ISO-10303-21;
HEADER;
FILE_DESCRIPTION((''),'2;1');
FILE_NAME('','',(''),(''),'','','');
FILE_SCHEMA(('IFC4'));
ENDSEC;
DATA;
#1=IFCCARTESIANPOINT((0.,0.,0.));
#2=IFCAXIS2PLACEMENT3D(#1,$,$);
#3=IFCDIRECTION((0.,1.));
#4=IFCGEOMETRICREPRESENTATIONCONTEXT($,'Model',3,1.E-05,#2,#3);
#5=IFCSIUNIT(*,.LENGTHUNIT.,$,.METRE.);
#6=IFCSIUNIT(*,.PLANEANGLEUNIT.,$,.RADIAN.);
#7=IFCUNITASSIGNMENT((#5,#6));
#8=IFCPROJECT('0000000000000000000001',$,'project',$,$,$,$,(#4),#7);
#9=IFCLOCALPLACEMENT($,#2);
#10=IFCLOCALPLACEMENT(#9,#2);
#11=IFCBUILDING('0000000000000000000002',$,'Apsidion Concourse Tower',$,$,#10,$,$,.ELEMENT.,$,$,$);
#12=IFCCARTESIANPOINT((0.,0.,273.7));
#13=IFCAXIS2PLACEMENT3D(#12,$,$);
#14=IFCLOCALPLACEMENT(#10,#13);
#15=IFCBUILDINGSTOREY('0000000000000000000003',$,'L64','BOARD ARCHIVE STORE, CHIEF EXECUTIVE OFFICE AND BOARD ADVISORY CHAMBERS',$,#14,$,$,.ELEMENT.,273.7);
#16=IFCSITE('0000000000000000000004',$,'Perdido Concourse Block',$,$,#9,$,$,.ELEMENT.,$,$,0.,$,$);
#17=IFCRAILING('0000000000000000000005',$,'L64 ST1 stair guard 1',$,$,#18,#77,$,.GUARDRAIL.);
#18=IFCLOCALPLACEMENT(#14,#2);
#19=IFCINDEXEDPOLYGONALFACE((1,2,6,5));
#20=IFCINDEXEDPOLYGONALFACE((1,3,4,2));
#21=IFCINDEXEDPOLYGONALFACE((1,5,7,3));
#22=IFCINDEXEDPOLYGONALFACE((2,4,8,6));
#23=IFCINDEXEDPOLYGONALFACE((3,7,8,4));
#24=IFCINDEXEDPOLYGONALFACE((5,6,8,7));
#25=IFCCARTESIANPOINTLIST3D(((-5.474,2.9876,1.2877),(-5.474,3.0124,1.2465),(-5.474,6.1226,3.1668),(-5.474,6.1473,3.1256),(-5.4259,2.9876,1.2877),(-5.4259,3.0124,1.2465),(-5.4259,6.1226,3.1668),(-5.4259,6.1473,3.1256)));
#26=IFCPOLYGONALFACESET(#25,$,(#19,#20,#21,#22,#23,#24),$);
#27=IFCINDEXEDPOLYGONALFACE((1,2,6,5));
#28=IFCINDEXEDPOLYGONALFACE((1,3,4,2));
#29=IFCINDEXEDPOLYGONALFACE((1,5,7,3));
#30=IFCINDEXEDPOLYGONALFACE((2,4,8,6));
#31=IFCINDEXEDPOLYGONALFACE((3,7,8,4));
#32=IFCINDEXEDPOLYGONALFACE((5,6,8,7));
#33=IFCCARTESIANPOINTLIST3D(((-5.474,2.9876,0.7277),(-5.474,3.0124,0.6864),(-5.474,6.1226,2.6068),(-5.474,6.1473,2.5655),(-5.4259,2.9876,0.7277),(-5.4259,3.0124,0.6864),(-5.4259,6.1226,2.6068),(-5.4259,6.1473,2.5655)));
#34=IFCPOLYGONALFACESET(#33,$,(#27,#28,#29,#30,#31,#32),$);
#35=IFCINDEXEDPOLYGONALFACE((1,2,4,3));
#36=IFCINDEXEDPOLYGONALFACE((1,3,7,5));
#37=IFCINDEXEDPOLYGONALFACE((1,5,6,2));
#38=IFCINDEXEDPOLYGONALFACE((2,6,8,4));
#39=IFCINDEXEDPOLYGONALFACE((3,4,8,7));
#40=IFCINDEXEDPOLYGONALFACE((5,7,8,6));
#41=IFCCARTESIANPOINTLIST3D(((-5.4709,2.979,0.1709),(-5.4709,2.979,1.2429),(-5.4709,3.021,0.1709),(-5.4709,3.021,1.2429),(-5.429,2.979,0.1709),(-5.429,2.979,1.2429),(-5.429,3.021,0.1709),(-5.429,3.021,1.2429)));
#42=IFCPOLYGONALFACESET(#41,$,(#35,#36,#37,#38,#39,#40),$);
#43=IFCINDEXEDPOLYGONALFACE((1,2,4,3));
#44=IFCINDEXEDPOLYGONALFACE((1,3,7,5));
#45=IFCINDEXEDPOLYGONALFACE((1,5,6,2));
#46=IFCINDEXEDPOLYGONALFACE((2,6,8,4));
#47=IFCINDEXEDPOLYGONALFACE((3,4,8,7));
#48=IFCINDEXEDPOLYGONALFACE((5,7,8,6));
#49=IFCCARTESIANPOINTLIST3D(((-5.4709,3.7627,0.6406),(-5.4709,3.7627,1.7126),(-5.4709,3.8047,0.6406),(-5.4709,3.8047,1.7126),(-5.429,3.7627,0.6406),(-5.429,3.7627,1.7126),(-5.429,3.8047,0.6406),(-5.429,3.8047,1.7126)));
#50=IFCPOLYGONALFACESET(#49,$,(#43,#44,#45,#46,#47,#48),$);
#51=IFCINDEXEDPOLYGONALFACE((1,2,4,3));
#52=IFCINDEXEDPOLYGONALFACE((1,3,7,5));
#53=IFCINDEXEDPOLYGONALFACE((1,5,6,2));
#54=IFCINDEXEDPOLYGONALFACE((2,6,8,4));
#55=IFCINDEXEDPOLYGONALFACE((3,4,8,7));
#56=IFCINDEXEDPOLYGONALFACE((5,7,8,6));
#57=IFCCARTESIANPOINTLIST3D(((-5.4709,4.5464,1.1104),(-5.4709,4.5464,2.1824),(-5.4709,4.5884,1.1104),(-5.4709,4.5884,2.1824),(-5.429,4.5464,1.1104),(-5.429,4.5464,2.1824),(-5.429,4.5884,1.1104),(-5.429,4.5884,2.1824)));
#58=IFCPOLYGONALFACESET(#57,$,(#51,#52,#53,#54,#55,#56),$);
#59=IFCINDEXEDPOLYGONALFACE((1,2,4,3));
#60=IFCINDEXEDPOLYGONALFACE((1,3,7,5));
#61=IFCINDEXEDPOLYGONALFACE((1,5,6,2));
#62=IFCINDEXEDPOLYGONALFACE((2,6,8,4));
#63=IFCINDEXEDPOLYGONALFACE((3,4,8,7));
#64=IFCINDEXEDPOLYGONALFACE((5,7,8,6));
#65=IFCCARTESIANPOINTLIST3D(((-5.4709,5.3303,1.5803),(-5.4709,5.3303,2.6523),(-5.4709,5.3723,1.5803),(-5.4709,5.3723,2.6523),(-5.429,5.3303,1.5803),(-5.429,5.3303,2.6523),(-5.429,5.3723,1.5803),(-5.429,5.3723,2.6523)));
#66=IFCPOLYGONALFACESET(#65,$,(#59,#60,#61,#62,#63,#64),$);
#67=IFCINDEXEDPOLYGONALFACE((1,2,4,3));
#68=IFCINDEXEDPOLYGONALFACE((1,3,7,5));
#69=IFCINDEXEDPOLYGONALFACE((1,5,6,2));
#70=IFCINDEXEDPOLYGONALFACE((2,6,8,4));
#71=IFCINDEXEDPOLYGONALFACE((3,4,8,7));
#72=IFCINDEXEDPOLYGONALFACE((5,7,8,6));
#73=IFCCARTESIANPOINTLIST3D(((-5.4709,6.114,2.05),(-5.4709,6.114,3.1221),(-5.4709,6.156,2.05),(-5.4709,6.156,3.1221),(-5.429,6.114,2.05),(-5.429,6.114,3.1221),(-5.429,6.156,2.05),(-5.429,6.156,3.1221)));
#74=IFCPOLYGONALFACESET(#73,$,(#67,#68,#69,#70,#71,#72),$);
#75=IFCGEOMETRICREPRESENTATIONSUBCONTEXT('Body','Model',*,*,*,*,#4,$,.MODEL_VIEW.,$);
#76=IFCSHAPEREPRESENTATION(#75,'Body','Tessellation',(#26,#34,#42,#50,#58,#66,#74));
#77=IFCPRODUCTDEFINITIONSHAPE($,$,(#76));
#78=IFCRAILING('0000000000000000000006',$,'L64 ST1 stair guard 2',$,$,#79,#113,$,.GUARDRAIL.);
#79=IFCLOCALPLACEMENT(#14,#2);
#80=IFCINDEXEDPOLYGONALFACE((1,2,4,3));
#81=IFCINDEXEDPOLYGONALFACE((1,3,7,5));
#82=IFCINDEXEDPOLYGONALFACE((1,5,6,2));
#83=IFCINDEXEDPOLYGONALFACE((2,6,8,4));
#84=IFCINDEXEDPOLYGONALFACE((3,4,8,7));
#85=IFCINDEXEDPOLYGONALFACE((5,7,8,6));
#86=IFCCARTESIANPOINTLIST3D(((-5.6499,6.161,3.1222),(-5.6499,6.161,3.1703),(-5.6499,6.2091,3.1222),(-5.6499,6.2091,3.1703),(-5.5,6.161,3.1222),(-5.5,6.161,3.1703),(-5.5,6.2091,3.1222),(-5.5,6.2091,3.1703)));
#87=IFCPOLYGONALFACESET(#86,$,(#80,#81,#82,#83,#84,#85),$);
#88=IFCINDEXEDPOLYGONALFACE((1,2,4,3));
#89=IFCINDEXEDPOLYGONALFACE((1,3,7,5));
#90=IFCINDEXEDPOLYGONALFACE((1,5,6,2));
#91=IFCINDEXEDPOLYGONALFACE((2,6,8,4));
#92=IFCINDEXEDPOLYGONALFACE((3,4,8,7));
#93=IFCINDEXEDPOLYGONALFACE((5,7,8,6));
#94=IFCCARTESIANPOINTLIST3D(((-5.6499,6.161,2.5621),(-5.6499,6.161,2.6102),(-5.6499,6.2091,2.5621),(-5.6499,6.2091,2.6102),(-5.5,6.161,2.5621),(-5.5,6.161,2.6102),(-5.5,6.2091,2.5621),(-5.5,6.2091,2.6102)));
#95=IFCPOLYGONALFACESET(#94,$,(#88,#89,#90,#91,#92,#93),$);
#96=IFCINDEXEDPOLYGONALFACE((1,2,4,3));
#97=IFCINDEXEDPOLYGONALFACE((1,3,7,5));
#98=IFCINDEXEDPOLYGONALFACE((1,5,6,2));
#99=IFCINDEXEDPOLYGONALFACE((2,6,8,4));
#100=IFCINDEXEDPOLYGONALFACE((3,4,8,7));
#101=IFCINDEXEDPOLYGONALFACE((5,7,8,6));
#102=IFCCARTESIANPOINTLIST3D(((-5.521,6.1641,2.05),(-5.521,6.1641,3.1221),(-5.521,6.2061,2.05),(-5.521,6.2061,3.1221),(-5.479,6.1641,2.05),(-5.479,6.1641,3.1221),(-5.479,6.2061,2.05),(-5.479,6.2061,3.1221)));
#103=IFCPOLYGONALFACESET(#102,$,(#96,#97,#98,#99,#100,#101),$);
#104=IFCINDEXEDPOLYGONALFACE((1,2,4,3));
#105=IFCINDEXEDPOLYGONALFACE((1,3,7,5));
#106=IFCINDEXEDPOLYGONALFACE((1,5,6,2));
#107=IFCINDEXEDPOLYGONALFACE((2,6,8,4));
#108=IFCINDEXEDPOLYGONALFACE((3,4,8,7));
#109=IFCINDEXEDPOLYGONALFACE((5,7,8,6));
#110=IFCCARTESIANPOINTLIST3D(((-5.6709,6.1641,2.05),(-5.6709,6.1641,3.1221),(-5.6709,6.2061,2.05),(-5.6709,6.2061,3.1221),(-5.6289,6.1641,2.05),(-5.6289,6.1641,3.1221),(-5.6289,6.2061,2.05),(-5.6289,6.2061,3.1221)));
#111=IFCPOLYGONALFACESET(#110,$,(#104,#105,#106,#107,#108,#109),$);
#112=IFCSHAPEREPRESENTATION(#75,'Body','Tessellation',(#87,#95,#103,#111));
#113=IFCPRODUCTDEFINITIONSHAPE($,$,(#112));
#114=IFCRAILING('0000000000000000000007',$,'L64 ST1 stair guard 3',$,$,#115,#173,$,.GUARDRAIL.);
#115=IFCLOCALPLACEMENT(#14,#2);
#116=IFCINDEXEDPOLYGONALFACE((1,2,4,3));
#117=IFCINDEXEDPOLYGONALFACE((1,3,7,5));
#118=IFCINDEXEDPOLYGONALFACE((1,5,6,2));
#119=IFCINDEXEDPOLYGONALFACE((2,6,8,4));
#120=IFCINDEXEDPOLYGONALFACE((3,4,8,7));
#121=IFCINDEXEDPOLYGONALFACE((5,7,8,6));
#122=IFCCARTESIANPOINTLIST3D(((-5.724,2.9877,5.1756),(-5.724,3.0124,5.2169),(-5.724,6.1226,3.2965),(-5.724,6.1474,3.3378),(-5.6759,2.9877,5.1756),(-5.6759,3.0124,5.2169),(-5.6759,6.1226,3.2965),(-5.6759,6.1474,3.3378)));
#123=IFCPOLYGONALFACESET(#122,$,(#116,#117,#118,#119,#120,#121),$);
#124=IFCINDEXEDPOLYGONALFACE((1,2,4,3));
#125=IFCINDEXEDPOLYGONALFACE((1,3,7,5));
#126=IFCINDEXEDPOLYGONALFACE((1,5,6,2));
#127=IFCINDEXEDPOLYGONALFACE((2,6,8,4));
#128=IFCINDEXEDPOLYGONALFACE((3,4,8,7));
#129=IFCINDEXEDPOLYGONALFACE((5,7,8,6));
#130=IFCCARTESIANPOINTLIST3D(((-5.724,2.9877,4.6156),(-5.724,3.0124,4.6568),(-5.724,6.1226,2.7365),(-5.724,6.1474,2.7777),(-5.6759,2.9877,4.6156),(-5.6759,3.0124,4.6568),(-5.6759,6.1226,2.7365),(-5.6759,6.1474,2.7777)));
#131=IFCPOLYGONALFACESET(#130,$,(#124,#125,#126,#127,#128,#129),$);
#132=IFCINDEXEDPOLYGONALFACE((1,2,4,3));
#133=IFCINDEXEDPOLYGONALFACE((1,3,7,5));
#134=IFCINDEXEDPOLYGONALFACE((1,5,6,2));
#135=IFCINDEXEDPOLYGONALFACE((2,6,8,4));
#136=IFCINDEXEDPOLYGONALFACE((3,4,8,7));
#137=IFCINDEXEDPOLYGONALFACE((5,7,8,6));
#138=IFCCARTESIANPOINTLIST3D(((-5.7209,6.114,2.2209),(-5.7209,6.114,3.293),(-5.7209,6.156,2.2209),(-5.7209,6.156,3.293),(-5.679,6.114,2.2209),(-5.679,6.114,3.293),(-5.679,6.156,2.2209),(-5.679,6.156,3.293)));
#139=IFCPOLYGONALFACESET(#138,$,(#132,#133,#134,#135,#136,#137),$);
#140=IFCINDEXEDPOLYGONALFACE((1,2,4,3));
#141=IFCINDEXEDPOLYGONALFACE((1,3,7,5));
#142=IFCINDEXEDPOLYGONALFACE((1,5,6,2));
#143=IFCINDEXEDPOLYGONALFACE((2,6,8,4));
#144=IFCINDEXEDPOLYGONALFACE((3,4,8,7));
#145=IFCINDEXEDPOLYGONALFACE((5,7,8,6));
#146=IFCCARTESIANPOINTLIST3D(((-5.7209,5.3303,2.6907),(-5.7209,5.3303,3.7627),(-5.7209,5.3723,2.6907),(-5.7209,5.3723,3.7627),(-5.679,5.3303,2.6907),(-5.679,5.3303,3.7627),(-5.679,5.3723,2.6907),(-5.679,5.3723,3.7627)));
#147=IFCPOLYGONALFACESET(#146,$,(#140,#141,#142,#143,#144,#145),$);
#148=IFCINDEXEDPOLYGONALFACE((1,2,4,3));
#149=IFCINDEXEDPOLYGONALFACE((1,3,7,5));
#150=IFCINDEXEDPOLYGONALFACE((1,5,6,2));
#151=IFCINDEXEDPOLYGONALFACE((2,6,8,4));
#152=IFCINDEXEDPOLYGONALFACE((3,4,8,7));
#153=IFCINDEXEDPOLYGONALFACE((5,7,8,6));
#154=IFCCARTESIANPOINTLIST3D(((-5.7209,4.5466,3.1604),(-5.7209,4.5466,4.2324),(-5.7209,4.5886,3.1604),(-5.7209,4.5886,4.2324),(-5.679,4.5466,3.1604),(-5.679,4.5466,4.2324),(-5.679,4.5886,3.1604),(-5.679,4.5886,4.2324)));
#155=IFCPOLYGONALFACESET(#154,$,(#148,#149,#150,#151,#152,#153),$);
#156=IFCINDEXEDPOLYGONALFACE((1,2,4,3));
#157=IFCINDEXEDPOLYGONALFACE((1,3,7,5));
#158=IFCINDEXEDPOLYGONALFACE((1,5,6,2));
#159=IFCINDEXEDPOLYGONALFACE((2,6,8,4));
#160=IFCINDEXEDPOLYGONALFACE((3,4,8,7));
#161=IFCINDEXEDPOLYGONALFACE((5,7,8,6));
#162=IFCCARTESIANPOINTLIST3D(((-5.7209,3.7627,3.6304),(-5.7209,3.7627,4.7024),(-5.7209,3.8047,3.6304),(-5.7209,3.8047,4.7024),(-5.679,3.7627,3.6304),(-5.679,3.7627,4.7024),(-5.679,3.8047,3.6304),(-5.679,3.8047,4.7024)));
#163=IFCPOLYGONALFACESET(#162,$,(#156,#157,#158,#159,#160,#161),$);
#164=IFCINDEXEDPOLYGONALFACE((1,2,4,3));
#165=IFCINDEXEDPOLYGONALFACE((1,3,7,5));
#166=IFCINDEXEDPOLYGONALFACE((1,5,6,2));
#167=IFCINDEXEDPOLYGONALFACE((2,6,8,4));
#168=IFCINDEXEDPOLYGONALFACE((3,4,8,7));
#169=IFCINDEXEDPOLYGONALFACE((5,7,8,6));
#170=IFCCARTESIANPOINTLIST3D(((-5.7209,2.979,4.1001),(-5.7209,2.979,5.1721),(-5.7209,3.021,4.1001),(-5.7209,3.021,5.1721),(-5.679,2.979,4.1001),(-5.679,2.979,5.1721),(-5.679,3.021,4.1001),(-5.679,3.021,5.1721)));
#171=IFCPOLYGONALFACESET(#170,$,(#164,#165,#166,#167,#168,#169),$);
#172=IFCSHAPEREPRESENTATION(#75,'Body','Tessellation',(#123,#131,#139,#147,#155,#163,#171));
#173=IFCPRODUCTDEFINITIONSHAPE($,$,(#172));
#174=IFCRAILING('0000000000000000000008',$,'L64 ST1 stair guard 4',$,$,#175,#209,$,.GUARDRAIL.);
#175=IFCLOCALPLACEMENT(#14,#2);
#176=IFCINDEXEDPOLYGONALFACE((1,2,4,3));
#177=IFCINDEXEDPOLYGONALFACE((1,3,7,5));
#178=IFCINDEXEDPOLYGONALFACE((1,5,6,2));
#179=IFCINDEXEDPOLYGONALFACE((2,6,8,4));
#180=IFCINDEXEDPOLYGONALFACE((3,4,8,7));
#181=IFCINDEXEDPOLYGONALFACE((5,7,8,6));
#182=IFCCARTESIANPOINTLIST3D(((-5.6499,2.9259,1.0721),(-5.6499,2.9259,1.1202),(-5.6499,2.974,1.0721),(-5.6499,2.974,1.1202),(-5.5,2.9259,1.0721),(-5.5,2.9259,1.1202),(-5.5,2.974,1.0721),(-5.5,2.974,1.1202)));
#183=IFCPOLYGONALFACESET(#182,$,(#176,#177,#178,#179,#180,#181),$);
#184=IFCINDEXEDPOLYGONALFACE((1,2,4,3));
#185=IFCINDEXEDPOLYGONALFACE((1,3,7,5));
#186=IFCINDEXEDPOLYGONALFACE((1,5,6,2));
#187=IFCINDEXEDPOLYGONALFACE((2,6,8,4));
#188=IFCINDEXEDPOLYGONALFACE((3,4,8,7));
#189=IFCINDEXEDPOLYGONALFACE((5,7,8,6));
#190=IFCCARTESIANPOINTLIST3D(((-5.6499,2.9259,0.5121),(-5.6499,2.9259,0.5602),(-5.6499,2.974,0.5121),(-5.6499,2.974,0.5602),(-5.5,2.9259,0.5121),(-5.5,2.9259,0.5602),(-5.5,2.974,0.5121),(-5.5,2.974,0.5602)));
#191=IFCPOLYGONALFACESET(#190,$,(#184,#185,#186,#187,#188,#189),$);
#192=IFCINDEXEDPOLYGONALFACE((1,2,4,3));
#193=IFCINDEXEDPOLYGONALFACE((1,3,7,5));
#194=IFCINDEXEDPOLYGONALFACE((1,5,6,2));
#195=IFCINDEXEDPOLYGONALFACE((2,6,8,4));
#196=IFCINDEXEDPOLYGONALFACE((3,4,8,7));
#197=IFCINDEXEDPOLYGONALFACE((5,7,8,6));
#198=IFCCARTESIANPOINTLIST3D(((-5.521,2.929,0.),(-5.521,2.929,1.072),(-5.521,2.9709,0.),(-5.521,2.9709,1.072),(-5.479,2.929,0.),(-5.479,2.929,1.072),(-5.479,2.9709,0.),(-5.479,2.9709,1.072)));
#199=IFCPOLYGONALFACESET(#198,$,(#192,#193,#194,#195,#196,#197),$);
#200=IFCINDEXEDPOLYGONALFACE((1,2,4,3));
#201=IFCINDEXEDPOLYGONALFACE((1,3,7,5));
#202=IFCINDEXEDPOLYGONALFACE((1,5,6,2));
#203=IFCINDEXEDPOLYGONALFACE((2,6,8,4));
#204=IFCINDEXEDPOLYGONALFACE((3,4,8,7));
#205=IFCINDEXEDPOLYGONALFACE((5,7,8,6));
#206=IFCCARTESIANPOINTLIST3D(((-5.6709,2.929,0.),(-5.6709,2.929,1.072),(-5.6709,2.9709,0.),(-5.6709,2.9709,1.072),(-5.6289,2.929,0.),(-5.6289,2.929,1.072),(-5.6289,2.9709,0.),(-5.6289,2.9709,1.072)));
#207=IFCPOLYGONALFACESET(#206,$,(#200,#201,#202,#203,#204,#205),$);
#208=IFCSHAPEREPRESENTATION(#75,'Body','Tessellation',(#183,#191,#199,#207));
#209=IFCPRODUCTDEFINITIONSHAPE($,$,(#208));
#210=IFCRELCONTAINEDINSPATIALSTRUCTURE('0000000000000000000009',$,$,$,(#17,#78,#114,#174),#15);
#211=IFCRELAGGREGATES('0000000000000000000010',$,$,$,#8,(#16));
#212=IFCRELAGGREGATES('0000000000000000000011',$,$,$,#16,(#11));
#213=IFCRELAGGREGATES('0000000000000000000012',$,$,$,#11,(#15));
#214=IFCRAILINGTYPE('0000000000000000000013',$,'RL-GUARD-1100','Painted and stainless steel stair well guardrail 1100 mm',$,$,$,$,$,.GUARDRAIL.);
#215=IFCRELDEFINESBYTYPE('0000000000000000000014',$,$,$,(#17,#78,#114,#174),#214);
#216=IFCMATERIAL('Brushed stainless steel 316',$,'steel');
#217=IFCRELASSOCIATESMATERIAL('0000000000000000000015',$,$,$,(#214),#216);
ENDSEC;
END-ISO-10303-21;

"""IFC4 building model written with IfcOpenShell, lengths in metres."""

from ifc_helpers import new_model, si_unit, direction, frame, origin, origin_2d, place, context, subcontext, project, spatial, rectangle, extrude, material, type_object, element, save


model = new_model("IFC4")

# Units and contexts
model_context = context("Model", 3, precision=1e-05, world=origin(), true_north=direction((0.0, 1.0)))
body_context = subcontext(model_context, "Body", "Model", "MODEL_VIEW")
ifc_project = project(units=[si_unit("LENGTHUNIT", "METRE"), si_unit("PLANEANGLEUNIT", "RADIAN")], contexts=[model_context])

# Site, building, storey
site_placement = place(None, origin())
site = spatial("IfcSite", under=ifc_project, at=site_placement, Name="Perdido Concourse Block", CompositionType="ELEMENT", RefElevation=0.0)
building_placement = place(site_placement, origin())
building = spatial("IfcBuilding", under=site, at=building_placement, Name="Apsidion Concourse Tower", CompositionType="ELEMENT")
storey_placement = place(building_placement, frame((0.0, 0.0, 273.7)))
storey = spatial("IfcBuildingStorey", under=building, at=storey_placement, Name="L64", Description="BOARD ARCHIVE STORE, CHIEF EXECUTIVE OFFICE AND BOARD ADVISORY CHAMBERS", CompositionType="ELEMENT", Elevation=273.7)

# Shared definitions
ifc_material_1 = material(Name="Brushed stainless steel 316", Category="steel")

# Railings
railing_type_1 = type_object("IfcRailingType", Name="RL-GUARD-1100", Description="Painted and stainless steel stair well guardrail 1100 mm", PredefinedType="GUARDRAIL", material=ifc_material_1)
railing_1_placement = place(storey_placement, frame((-5.45, 3.0, 0.1709)))
element("IfcRailing", 1, at=railing_1_placement, inside=storey, type_object=railing_type_1, Name="L64 ST1 stair guard 1", PredefinedType="GUARDRAIL", context=body_context, shape_type="SweptSolid", body=[
    extrude(rectangle(XDim=0.0481, YDim=0.0481, at=origin_2d()), frame((0.0, 0.0, 1.0962), z_axis=(0.0, 0.857717, 0.514122), x_axis=(-1.0, 0.0, 0.0)), (0.0, 0.0, 1.0), 3.655),
    extrude(rectangle(XDim=0.0481, YDim=0.0481, at=origin_2d()), frame((0.0, 0.0, 0.5361), z_axis=(0.0, 0.857717, 0.514122), x_axis=(-1.0, 0.0, 0.0)), (0.0, 0.0, 1.0), 3.655),
    extrude(rectangle(XDim=0.042, YDim=0.042, at=origin_2d()), origin(), (0.0, 0.0, 1.0), 1.072),
    extrude(rectangle(XDim=0.042, YDim=0.042, at=origin_2d()), frame((0.0, 0.7837, 0.4697)), (0.0, 0.0, 1.0), 1.072),
    extrude(rectangle(XDim=0.042, YDim=0.042, at=origin_2d()), frame((0.0, 1.5674, 0.9395)), (0.0, 0.0, 1.0), 1.072),
    extrude(rectangle(XDim=0.042, YDim=0.042, at=origin_2d()), frame((0.0, 2.3513, 1.4094)), (0.0, 0.0, 1.0), 1.072),
    extrude(rectangle(XDim=0.042, YDim=0.042, at=origin_2d()), frame((0.0, 3.135, 1.8792)), (0.0, 0.0, 1.0), 1.072),
])
railing_2_placement = place(storey_placement, frame((-5.5, 6.1851, 2.05)))
element("IfcRailing", 2, at=railing_2_placement, inside=storey, type_object=railing_type_1, Name="L64 ST1 stair guard 2", PredefinedType="GUARDRAIL", context=body_context, shape_type="SweptSolid", body=[
    extrude(rectangle(XDim=0.0481, YDim=0.0481, at=origin_2d()), frame((0.0, 0.0, 1.0962), z_axis=(-1.0, 0.0, 0.0), x_axis=(0.0, -1.0, 0.0)), (0.0, 0.0, 1.0), 0.1499),
    extrude(rectangle(XDim=0.0481, YDim=0.0481, at=origin_2d()), frame((0.0, 0.0, 0.5361), z_axis=(-1.0, 0.0, 0.0), x_axis=(0.0, -1.0, 0.0)), (0.0, 0.0, 1.0), 0.1499),
    extrude(rectangle(XDim=0.042, YDim=0.042, at=origin_2d()), origin(), (0.0, 0.0, 1.0), 1.072),
    extrude(rectangle(XDim=0.042, YDim=0.042, at=origin_2d()), frame((-0.1499, 0.0, 0.0)), (0.0, 0.0, 1.0), 1.072),
])
railing_3_placement = place(storey_placement, frame((-5.7, 6.135, 2.2209)))
element("IfcRailing", 3, at=railing_3_placement, inside=storey, type_object=railing_type_1, Name="L64 ST1 stair guard 3", PredefinedType="GUARDRAIL", context=body_context, shape_type="SweptSolid", body=[
    extrude(rectangle(XDim=0.0481, YDim=0.0481, at=origin_2d()), frame((0.0, 0.0, 1.0962), z_axis=(0.0, -0.857717, 0.514122), x_axis=(1.0, 0.0, 0.0)), (0.0, 0.0, 1.0), 3.655),
    extrude(rectangle(XDim=0.0481, YDim=0.0481, at=origin_2d()), frame((0.0, 0.0, 0.5361), z_axis=(0.0, -0.857717, 0.514122), x_axis=(1.0, 0.0, 0.0)), (0.0, 0.0, 1.0), 3.655),
    extrude(rectangle(XDim=0.042, YDim=0.042, at=origin_2d()), origin(), (0.0, 0.0, 1.0), 1.072),
    extrude(rectangle(XDim=0.042, YDim=0.042, at=origin_2d()), frame((0.0, -0.7837, 0.4697)), (0.0, 0.0, 1.0), 1.072),
    extrude(rectangle(XDim=0.042, YDim=0.042, at=origin_2d()), frame((0.0, -1.5674, 0.9395)), (0.0, 0.0, 1.0), 1.072),
    extrude(rectangle(XDim=0.042, YDim=0.042, at=origin_2d()), frame((0.0, -2.3513, 1.4094)), (0.0, 0.0, 1.0), 1.072),
    extrude(rectangle(XDim=0.042, YDim=0.042, at=origin_2d()), frame((0.0, -3.135, 1.8792)), (0.0, 0.0, 1.0), 1.072),
])
railing_4_placement = place(storey_placement, frame((-5.5, 2.95, 0.0)))
element("IfcRailing", 4, at=railing_4_placement, inside=storey, type_object=railing_type_1, Name="L64 ST1 stair guard 4", PredefinedType="GUARDRAIL", context=body_context, shape_type="SweptSolid", body=[
    extrude(rectangle(XDim=0.0481, YDim=0.0481, at=origin_2d()), frame((0.0, 0.0, 1.0962), z_axis=(-1.0, 0.0, 0.0), x_axis=(0.0, -1.0, 0.0)), (0.0, 0.0, 1.0), 0.1499),
    extrude(rectangle(XDim=0.0481, YDim=0.0481, at=origin_2d()), frame((0.0, 0.0, 0.5361), z_axis=(-1.0, 0.0, 0.0), x_axis=(0.0, -1.0, 0.0)), (0.0, 0.0, 1.0), 0.1499),
    extrude(rectangle(XDim=0.042, YDim=0.042, at=origin_2d()), origin(), (0.0, 0.0, 1.0), 1.072),
    extrude(rectangle(XDim=0.042, YDim=0.042, at=origin_2d()), frame((-0.1499, 0.0, 0.0)), (0.0, 0.0, 1.0), 1.072),
])

save(model, "model.ifc")
